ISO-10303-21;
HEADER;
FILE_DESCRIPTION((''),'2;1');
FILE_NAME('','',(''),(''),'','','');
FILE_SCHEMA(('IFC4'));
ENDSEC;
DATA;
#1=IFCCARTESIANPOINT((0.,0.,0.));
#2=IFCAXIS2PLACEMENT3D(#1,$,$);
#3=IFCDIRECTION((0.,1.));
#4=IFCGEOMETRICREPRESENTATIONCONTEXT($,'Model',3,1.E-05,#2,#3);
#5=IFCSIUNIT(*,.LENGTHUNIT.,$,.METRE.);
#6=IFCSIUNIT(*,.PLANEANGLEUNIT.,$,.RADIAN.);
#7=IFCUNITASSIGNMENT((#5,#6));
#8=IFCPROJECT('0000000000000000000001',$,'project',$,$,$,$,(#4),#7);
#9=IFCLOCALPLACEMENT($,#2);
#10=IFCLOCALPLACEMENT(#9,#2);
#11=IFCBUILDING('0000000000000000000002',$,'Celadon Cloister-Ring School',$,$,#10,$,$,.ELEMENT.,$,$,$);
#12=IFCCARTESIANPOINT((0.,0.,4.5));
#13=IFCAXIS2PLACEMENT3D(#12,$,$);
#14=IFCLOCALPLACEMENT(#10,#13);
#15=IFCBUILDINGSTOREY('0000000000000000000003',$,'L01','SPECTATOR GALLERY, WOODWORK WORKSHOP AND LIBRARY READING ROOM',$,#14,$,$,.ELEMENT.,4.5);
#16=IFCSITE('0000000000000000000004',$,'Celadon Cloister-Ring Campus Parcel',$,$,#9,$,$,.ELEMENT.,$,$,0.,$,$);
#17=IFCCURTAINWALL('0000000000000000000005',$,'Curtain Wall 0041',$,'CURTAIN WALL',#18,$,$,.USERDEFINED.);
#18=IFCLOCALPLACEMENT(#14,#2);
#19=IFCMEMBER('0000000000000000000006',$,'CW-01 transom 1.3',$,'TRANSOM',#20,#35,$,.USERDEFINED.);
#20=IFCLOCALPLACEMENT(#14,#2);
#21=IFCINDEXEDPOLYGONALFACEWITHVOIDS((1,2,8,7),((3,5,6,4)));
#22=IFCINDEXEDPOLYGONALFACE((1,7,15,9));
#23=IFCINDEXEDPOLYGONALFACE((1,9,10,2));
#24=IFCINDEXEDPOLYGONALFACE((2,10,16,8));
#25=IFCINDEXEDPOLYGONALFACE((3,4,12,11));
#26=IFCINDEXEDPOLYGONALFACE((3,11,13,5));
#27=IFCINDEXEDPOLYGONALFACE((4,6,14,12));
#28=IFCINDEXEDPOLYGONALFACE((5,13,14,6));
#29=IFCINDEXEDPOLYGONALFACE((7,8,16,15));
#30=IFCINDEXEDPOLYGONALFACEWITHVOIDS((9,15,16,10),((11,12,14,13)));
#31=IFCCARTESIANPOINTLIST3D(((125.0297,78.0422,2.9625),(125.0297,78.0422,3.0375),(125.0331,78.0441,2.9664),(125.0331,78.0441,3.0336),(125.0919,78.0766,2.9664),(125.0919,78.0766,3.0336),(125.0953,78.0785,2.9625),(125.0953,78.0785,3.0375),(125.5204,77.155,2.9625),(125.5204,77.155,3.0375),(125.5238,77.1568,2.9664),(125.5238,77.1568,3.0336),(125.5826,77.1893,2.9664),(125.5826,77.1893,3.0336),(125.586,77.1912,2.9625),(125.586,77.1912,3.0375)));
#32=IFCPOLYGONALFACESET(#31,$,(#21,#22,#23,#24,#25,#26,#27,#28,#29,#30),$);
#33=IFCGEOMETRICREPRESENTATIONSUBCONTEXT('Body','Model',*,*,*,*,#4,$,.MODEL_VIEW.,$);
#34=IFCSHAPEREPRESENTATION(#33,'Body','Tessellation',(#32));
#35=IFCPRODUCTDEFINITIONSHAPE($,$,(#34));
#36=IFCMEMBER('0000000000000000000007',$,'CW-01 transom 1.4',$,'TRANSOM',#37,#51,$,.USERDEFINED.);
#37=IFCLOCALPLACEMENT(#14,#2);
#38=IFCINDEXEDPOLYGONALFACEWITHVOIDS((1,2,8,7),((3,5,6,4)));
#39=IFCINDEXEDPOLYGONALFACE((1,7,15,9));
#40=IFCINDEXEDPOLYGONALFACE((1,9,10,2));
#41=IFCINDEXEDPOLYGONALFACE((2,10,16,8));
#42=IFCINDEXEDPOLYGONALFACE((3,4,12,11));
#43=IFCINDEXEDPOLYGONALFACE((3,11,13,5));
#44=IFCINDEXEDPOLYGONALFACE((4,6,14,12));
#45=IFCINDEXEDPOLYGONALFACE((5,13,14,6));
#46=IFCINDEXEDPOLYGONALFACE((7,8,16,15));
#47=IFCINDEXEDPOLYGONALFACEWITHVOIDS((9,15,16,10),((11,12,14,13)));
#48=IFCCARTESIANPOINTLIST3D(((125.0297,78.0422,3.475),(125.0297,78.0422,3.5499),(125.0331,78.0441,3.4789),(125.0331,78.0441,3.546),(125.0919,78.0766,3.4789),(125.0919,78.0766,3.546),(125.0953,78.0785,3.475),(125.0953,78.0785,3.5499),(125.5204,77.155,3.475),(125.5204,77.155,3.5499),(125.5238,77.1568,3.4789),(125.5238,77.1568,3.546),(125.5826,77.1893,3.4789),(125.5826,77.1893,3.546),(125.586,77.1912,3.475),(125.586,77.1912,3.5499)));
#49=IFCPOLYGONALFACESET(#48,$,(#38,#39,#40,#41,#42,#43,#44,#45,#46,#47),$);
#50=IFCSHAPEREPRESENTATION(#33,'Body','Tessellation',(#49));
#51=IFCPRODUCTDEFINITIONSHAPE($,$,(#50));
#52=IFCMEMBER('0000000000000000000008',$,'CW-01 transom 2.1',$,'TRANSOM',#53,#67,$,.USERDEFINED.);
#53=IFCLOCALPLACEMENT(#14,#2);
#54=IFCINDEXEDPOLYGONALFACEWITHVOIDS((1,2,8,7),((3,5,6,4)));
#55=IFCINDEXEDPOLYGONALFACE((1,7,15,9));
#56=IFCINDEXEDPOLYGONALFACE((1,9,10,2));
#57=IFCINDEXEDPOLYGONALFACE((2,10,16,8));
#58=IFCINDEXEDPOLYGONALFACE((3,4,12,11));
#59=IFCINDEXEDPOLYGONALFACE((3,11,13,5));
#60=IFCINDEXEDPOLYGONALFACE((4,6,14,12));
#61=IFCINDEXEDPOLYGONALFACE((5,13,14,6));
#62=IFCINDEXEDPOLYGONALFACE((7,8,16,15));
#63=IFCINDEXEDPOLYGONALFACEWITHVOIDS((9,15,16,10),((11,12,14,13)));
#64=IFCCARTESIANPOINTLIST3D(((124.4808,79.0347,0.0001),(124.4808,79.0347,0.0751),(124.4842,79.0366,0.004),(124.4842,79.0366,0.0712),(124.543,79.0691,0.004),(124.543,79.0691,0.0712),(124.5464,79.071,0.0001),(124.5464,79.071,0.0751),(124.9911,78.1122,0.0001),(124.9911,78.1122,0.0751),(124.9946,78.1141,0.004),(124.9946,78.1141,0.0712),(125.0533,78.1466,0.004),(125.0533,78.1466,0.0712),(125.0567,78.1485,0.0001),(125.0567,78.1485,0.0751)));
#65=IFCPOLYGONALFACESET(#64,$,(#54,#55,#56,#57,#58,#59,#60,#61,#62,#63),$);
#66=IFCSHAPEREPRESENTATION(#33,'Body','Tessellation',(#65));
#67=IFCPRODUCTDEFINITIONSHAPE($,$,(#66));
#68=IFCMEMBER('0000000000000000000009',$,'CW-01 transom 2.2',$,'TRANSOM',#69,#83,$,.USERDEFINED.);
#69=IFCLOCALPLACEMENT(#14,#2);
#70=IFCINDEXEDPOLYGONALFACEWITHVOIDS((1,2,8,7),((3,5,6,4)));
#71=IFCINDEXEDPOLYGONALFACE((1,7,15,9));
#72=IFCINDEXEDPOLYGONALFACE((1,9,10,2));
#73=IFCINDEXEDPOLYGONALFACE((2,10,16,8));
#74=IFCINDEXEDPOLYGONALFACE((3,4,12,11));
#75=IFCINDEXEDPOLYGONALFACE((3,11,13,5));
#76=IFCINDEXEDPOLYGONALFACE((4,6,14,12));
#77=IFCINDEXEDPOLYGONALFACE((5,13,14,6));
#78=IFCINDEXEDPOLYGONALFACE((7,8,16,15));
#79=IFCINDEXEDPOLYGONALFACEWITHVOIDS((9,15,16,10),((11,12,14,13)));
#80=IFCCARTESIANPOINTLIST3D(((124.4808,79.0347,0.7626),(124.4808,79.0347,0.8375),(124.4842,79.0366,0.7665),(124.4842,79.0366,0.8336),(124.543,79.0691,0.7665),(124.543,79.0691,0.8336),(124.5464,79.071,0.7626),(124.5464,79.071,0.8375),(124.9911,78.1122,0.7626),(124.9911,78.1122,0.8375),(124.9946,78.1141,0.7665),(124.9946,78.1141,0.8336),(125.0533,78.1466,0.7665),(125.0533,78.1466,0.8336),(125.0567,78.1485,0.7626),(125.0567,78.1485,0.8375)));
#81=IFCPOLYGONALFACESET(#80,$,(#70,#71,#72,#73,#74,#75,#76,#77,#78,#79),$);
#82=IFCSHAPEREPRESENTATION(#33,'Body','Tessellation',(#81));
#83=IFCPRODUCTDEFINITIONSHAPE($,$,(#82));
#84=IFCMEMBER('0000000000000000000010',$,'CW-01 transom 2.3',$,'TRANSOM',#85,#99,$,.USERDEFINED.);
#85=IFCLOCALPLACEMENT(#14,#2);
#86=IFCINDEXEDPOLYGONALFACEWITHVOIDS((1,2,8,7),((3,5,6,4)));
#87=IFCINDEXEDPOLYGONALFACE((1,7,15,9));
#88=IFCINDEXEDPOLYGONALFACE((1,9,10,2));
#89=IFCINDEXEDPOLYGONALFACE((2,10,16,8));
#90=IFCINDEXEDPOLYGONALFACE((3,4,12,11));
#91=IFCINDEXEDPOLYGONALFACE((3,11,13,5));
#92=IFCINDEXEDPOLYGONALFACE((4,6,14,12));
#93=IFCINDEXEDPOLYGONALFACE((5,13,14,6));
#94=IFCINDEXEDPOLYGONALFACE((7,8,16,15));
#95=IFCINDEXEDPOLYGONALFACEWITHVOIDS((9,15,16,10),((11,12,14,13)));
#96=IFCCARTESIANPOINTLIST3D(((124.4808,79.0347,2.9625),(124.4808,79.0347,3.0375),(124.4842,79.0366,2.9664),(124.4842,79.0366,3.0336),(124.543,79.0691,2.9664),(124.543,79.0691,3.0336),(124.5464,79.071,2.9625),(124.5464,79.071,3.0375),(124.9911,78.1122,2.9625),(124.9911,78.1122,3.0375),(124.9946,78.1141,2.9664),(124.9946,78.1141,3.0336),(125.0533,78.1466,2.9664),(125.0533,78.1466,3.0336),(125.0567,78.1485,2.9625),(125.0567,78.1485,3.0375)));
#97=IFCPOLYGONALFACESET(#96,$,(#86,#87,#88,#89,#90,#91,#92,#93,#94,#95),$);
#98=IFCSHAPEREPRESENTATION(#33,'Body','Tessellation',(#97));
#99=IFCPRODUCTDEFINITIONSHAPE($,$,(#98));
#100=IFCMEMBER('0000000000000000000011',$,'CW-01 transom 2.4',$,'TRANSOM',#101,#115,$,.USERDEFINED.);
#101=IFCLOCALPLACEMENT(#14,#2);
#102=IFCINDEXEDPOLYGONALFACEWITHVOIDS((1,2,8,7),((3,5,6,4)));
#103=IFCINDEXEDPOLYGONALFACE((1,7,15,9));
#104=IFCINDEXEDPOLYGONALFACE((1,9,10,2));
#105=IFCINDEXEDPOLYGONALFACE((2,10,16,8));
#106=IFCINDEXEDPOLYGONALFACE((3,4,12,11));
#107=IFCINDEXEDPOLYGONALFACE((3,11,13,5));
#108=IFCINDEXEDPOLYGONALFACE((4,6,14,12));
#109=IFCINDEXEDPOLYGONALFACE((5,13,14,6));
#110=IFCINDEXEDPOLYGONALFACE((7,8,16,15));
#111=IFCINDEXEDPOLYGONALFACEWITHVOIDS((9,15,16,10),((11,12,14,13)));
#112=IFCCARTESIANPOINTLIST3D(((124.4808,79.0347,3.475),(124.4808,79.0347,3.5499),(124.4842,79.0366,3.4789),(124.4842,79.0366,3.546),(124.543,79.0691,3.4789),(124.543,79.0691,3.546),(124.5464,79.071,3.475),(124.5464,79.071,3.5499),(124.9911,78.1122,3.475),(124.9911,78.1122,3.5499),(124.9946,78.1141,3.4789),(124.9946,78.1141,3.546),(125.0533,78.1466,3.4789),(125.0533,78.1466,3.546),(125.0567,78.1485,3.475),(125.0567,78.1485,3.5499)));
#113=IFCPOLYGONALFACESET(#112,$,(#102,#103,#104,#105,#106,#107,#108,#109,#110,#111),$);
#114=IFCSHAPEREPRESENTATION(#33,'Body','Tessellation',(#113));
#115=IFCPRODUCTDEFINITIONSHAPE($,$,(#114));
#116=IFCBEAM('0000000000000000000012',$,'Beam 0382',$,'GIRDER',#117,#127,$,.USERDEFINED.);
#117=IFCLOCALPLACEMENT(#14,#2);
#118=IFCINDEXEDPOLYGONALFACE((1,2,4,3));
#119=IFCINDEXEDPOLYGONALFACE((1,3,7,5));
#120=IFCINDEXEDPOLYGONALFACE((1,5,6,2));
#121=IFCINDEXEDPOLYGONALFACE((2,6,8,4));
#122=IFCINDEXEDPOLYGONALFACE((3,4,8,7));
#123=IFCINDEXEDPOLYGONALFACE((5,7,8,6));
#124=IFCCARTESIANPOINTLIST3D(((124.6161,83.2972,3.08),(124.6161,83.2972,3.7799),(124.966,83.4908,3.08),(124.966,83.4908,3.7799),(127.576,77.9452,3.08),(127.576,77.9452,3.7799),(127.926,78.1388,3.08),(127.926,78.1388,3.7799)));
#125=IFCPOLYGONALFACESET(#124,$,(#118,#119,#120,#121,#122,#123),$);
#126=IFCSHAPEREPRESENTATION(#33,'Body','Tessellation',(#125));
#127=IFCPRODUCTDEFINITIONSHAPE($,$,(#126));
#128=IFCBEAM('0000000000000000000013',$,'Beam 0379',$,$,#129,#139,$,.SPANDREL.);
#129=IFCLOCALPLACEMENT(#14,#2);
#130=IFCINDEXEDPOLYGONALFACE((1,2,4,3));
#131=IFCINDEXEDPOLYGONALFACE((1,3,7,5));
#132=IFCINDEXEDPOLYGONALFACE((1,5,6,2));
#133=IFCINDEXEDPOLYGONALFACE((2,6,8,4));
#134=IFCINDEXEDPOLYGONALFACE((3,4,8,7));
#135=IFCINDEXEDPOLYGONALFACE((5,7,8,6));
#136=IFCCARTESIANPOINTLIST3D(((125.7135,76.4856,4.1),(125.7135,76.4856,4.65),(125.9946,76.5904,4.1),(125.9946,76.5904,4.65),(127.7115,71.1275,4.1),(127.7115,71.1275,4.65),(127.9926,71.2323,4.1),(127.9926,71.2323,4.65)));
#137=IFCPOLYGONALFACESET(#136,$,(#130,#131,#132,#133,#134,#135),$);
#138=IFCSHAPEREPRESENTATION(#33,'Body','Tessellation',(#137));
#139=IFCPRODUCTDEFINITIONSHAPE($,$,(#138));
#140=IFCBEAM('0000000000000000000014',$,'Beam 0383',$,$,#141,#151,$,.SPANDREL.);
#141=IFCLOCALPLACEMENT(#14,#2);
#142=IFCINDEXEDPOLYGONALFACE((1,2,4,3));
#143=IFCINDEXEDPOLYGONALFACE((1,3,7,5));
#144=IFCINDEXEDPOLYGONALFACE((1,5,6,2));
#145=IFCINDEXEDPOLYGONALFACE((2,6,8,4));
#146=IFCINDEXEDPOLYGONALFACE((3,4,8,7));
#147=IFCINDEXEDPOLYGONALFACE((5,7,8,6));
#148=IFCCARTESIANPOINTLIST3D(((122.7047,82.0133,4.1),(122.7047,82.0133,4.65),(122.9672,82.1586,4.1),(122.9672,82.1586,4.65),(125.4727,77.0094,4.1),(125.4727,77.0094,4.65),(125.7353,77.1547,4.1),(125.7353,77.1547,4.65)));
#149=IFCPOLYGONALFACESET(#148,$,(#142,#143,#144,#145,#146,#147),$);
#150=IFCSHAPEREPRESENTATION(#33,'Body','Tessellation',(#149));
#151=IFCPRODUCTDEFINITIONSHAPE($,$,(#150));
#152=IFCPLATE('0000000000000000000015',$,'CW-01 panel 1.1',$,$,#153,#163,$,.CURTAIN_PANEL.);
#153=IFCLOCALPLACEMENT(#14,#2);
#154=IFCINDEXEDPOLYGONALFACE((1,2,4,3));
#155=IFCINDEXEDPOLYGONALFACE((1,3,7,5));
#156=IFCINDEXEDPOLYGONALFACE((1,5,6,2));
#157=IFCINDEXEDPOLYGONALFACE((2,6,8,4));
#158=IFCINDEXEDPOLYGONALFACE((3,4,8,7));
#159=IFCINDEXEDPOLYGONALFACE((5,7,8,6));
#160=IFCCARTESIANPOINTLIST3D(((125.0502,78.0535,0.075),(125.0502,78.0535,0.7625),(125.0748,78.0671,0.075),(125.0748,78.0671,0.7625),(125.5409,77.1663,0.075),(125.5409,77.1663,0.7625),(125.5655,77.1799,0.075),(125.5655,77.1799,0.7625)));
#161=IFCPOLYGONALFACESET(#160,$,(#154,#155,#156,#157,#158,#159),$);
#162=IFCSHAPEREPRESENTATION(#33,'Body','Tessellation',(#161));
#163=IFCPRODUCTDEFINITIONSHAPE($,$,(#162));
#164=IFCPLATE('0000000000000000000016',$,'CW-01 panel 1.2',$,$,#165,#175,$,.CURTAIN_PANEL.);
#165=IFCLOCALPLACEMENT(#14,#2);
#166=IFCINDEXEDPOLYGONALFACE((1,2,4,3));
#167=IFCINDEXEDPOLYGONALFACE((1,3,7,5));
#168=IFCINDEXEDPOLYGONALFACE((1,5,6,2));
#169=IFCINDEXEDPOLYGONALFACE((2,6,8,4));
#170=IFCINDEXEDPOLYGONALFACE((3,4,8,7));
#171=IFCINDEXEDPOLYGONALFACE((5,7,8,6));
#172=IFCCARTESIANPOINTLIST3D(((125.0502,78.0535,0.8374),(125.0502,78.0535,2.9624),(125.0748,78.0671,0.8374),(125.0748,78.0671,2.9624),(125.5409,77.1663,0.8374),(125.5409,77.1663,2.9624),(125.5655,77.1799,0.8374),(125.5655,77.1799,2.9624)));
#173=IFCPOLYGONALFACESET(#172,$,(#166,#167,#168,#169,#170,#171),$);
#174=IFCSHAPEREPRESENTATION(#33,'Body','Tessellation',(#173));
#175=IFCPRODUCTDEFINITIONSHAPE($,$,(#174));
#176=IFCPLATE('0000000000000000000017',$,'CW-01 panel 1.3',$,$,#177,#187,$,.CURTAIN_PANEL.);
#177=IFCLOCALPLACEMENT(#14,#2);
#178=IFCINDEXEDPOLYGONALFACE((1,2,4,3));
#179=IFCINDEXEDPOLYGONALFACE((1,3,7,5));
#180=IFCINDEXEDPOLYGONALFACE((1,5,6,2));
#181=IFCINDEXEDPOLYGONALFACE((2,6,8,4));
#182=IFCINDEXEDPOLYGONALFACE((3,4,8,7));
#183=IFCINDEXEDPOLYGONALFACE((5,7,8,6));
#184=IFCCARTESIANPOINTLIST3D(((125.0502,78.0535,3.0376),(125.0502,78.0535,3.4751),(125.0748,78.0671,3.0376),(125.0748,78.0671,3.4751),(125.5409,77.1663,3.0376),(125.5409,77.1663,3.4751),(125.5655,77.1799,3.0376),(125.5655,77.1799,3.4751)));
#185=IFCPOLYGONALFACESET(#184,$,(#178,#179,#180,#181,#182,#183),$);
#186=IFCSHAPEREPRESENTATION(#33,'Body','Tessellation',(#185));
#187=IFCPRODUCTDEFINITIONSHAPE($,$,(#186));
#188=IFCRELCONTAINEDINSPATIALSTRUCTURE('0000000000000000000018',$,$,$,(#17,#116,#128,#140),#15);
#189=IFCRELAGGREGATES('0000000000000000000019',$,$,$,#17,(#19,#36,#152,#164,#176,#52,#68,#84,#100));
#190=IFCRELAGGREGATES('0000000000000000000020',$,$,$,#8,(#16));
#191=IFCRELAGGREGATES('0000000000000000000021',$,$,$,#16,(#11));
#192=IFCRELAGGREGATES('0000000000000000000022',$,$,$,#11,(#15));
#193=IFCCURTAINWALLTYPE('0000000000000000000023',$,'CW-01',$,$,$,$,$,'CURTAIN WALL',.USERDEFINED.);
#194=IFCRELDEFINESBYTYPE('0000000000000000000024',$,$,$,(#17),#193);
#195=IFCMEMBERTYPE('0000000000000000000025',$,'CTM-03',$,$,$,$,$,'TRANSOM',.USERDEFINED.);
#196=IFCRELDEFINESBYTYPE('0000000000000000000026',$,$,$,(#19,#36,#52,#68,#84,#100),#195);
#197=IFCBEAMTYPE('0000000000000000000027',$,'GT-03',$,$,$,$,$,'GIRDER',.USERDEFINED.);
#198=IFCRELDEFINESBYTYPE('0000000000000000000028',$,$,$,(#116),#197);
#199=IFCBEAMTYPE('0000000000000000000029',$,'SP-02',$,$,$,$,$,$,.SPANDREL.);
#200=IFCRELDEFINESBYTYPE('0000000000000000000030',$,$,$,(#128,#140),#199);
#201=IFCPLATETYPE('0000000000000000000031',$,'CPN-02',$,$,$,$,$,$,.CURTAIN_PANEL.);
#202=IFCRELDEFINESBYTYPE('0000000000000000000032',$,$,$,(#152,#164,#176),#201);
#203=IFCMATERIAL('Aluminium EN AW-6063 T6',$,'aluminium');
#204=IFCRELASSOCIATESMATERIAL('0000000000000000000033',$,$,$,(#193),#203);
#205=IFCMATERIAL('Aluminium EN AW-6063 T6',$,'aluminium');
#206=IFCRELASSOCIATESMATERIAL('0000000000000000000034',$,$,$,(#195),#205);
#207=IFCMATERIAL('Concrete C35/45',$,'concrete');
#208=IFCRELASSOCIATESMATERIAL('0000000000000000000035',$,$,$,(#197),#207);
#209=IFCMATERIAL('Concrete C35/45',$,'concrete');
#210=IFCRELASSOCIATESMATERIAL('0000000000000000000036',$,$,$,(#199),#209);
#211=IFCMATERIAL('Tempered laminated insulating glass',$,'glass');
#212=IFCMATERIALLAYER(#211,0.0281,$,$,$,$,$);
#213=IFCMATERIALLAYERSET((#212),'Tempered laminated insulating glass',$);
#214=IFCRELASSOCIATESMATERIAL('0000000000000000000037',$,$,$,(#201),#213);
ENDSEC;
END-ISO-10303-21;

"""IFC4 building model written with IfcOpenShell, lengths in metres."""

from ifc_helpers import new_model, si_unit, direction, frame, origin, origin_2d, place, context, subcontext, project, spatial, rectangle, hollow_rectangle, extrude, material, layer, layer_set, material_profile, profile_set, type_object, element, aggregate, save


model = new_model("IFC4")

# Units and contexts
model_context = context("Model", 3, precision=1e-05, world=origin(), true_north=direction((0.0, 1.0)))
body_context = subcontext(model_context, "Body", "Model", "MODEL_VIEW")
ifc_project = project(units=[si_unit("LENGTHUNIT", "METRE"), si_unit("PLANEANGLEUNIT", "RADIAN")], contexts=[model_context])

# Site, building, storey
site_placement = place(None, origin())
site = spatial("IfcSite", under=ifc_project, at=site_placement, Name="Celadon Cloister-Ring Campus Parcel", CompositionType="ELEMENT", RefElevation=0.0)
building_placement = place(site_placement, origin())
building = spatial("IfcBuilding", under=site, at=building_placement, Name="Celadon Cloister-Ring School", CompositionType="ELEMENT")
storey_placement = place(building_placement, frame((0.0, 0.0, 4.5)))
storey = spatial("IfcBuildingStorey", under=building, at=storey_placement, Name="L01", Description="SPECTATOR GALLERY, WOODWORK WORKSHOP AND LIBRARY READING ROOM", CompositionType="ELEMENT", Elevation=4.5)

# Curtain wall, members
ifc_material_1 = material(Name="Aluminium EN AW-6063 T6", Category="aluminium")
curtain_wall_type = type_object("IfcCurtainWallType", Name="CW-01", ElementType="CURTAIN WALL", PredefinedType="USERDEFINED", material=ifc_material_1)
curtain_wall_placement = place(storey_placement, origin())
curtain_wall = element("IfcCurtainWall", 1, at=curtain_wall_placement, inside=storey, type_object=curtain_wall_type, Name="Curtain Wall 0041", ObjectType="CURTAIN WALL", PredefinedType="USERDEFINED")
ifc_material_2 = material(Name="Aluminium EN AW-6063 T6", Category="aluminium")
ifc_material_profile_1 = material_profile(ifc_material_2, hollow_rectangle(XDim=0.075, YDim=0.075, WallThickness=0.0039, at=origin_2d()), Name="RHS75X75X4")
ifc_profile_set_1 = profile_set([ifc_material_profile_1], Name="Aluminium EN AW-6063 T6")
member_type_1 = type_object("IfcMemberType", Name="CTM-03", ElementType="TRANSOM", PredefinedType="USERDEFINED", material=ifc_profile_set_1)
member_1_placement = place(storey_placement, frame((125.5532, 77.1731, 3.0), z_axis=(-0.484006, 0.875064, 0.0), x_axis=(-0.875064, -0.484006, 0.0)))
member_1 = element("IfcMember", 2, at=member_1_placement, type_object=member_type_1, Name="CW-01 transom 1.3", ObjectType="TRANSOM", PredefinedType="USERDEFINED", context=body_context, shape_type="SweptSolid", body=[
    extrude(hollow_rectangle(XDim=0.075, YDim=0.075, WallThickness=0.0039, at=origin_2d()), origin(), (0.0, 0.0, 1.0), 1.0139),
])
member_2_placement = place(storey_placement, frame((125.5532, 77.1731, 3.5125), z_axis=(-0.484006, 0.875064, 0.0), x_axis=(-0.875064, -0.484006, 0.0)))
member_2 = element("IfcMember", 3, at=member_2_placement, type_object=member_type_1, Name="CW-01 transom 1.4", ObjectType="TRANSOM", PredefinedType="USERDEFINED", context=body_context, shape_type="SweptSolid", body=[
    extrude(hollow_rectangle(XDim=0.075, YDim=0.075, WallThickness=0.0039, at=origin_2d()), origin(), (0.0, 0.0, 1.0), 1.0139),
])
member_3_placement = place(storey_placement, frame((125.0239, 78.1304, 0.0376), z_axis=(-0.484069, 0.87503, 0.0), x_axis=(-0.87503, -0.484069, 0.0)))
member_3 = element("IfcMember", 4, at=member_3_placement, type_object=member_type_1, Name="CW-01 transom 2.1", ObjectType="TRANSOM", PredefinedType="USERDEFINED", context=body_context, shape_type="SweptSolid", body=[
    extrude(hollow_rectangle(XDim=0.075, YDim=0.075, WallThickness=0.0039, at=origin_2d()), origin(), (0.0, 0.0, 1.0), 1.0542),
])
member_4_placement = place(storey_placement, frame((125.0239, 78.1304, 0.8), z_axis=(-0.484069, 0.87503, 0.0), x_axis=(-0.87503, -0.484069, 0.0)))
member_4 = element("IfcMember", 5, at=member_4_placement, type_object=member_type_1, Name="CW-01 transom 2.2", ObjectType="TRANSOM", PredefinedType="USERDEFINED", context=body_context, shape_type="SweptSolid", body=[
    extrude(hollow_rectangle(XDim=0.075, YDim=0.075, WallThickness=0.0039, at=origin_2d()), origin(), (0.0, 0.0, 1.0), 1.0542),
])
member_5_placement = place(storey_placement, frame((125.0239, 78.1304, 3.0), z_axis=(-0.484069, 0.87503, 0.0), x_axis=(-0.87503, -0.484069, 0.0)))
member_5 = element("IfcMember", 6, at=member_5_placement, type_object=member_type_1, Name="CW-01 transom 2.3", ObjectType="TRANSOM", PredefinedType="USERDEFINED", context=body_context, shape_type="SweptSolid", body=[
    extrude(hollow_rectangle(XDim=0.075, YDim=0.075, WallThickness=0.0039, at=origin_2d()), origin(), (0.0, 0.0, 1.0), 1.0542),
])
member_6_placement = place(storey_placement, frame((125.0239, 78.1304, 3.5125), z_axis=(-0.484069, 0.87503, 0.0), x_axis=(-0.87503, -0.484069, 0.0)))
member_6 = element("IfcMember", 7, at=member_6_placement, type_object=member_type_1, Name="CW-01 transom 2.4", ObjectType="TRANSOM", PredefinedType="USERDEFINED", context=body_context, shape_type="SweptSolid", body=[
    extrude(hollow_rectangle(XDim=0.075, YDim=0.075, WallThickness=0.0039, at=origin_2d()), origin(), (0.0, 0.0, 1.0), 1.0542),
])

# Beams
ifc_material_3 = material(Name="Concrete C35/45", Category="concrete")
ifc_material_profile_2 = material_profile(ifc_material_3, rectangle(XDim=0.3999, YDim=0.7, at=origin_2d()), Name="RC400X700")
ifc_profile_set_2 = profile_set([ifc_material_profile_2], Name="Concrete C35/45")
beam_type_1 = type_object("IfcBeamType", Name="GT-03", ElementType="GIRDER", PredefinedType="USERDEFINED", material=ifc_profile_set_2)
beam_1_placement = place(storey_placement, frame((127.751, 78.042, 3.4299), z_axis=(-0.483968, 0.875086, 0.0), x_axis=(-0.875086, -0.483968, 0.0)))
element("IfcBeam", 8, at=beam_1_placement, inside=storey, type_object=beam_type_1, Name="Beam 0382", ObjectType="GIRDER", PredefinedType="USERDEFINED", context=body_context, shape_type="SweptSolid", body=[
    extrude(rectangle(XDim=0.3999, YDim=0.7, at=origin_2d()), origin(), (0.0, 0.0, 1.0), 6.116),
])
ifc_material_4 = material(Name="Concrete C35/45", Category="concrete")
ifc_material_profile_3 = material_profile(ifc_material_4, rectangle(XDim=0.3, YDim=0.55, at=origin_2d()), Name="RC300X550")
ifc_profile_set_3 = profile_set([ifc_material_profile_3], Name="Concrete C35/45")
beam_type_2 = type_object("IfcBeamType", Name="SP-02", PredefinedType="SPANDREL", material=ifc_profile_set_3)
for number, where, z_axis, x_axis, name in (
    (9, (127.8521, 71.1799, 4.375), (-0.349396, 0.936975, 0.0), (-0.936975, -0.349396, 0.0), "Beam 0379"),
    (10, (125.604, 77.082, 4.375), (-0.484054, 0.875038, 0.0), (-0.875038, -0.484054, 0.0), "Beam 0383"),
):
    element("IfcBeam", number, at=place(storey_placement, frame(where, z_axis=z_axis, x_axis=x_axis)), inside=storey, type_object=beam_type_2, Name=name, PredefinedType="SPANDREL", context=body_context, shape_type="SweptSolid", body=[
        extrude(rectangle(XDim=0.3, YDim=0.55, at=origin_2d()), origin(), (0.0, 0.0, 1.0), 5.7185),
    ])

# Plates
ifc_material_5 = material(Name="Tempered laminated insulating glass", Category="glass")
ifc_layer_1 = layer(ifc_material_5, 0.0281)
ifc_layer_set_1 = layer_set([ifc_layer_1], Name="Tempered laminated insulating glass")
plate_type = type_object("IfcPlateType", Name="CPN-02", PredefinedType="CURTAIN_PANEL", material=ifc_layer_set_1)
plate_1_placement = place(storey_placement, frame((125.3079, 77.6167, 0.075), z_axis=(0.0, 0.0, 1.0), x_axis=(-0.483935, 0.875104, 0.0)))
plate_1 = element("IfcPlate", 11, at=plate_1_placement, type_object=plate_type, Name="CW-01 panel 1.1", PredefinedType="CURTAIN_PANEL", context=body_context, shape_type="SweptSolid", body=[
    extrude(rectangle(XDim=1.0139, YDim=0.0281, at=origin_2d()), origin(), (0.0, 0.0, 1.0), 0.6875),
])
plate_2_placement = place(storey_placement, frame((125.3079, 77.6167, 0.8374), z_axis=(0.0, 0.0, 1.0), x_axis=(-0.483935, 0.875104, 0.0)))
plate_2 = element("IfcPlate", 12, at=plate_2_placement, type_object=plate_type, Name="CW-01 panel 1.2", PredefinedType="CURTAIN_PANEL", context=body_context, shape_type="SweptSolid", body=[
    extrude(rectangle(XDim=1.0139, YDim=0.0281, at=origin_2d()), origin(), (0.0, 0.0, 1.0), 2.125),
])
plate_3_placement = place(storey_placement, frame((125.3079, 77.6167, 3.0376), z_axis=(0.0, 0.0, 1.0), x_axis=(-0.483935, 0.875104, 0.0)))
plate_3 = element("IfcPlate", 13, at=plate_3_placement, type_object=plate_type, Name="CW-01 panel 1.3", PredefinedType="CURTAIN_PANEL", context=body_context, shape_type="SweptSolid", body=[
    extrude(rectangle(XDim=1.0139, YDim=0.0281, at=origin_2d()), origin(), (0.0, 0.0, 1.0), 0.4375),
])
aggregate(curtain_wall, [member_1, member_2, plate_1, plate_2, plate_3, member_3, member_4, member_5, member_6])

save(model, "model.ifc")
